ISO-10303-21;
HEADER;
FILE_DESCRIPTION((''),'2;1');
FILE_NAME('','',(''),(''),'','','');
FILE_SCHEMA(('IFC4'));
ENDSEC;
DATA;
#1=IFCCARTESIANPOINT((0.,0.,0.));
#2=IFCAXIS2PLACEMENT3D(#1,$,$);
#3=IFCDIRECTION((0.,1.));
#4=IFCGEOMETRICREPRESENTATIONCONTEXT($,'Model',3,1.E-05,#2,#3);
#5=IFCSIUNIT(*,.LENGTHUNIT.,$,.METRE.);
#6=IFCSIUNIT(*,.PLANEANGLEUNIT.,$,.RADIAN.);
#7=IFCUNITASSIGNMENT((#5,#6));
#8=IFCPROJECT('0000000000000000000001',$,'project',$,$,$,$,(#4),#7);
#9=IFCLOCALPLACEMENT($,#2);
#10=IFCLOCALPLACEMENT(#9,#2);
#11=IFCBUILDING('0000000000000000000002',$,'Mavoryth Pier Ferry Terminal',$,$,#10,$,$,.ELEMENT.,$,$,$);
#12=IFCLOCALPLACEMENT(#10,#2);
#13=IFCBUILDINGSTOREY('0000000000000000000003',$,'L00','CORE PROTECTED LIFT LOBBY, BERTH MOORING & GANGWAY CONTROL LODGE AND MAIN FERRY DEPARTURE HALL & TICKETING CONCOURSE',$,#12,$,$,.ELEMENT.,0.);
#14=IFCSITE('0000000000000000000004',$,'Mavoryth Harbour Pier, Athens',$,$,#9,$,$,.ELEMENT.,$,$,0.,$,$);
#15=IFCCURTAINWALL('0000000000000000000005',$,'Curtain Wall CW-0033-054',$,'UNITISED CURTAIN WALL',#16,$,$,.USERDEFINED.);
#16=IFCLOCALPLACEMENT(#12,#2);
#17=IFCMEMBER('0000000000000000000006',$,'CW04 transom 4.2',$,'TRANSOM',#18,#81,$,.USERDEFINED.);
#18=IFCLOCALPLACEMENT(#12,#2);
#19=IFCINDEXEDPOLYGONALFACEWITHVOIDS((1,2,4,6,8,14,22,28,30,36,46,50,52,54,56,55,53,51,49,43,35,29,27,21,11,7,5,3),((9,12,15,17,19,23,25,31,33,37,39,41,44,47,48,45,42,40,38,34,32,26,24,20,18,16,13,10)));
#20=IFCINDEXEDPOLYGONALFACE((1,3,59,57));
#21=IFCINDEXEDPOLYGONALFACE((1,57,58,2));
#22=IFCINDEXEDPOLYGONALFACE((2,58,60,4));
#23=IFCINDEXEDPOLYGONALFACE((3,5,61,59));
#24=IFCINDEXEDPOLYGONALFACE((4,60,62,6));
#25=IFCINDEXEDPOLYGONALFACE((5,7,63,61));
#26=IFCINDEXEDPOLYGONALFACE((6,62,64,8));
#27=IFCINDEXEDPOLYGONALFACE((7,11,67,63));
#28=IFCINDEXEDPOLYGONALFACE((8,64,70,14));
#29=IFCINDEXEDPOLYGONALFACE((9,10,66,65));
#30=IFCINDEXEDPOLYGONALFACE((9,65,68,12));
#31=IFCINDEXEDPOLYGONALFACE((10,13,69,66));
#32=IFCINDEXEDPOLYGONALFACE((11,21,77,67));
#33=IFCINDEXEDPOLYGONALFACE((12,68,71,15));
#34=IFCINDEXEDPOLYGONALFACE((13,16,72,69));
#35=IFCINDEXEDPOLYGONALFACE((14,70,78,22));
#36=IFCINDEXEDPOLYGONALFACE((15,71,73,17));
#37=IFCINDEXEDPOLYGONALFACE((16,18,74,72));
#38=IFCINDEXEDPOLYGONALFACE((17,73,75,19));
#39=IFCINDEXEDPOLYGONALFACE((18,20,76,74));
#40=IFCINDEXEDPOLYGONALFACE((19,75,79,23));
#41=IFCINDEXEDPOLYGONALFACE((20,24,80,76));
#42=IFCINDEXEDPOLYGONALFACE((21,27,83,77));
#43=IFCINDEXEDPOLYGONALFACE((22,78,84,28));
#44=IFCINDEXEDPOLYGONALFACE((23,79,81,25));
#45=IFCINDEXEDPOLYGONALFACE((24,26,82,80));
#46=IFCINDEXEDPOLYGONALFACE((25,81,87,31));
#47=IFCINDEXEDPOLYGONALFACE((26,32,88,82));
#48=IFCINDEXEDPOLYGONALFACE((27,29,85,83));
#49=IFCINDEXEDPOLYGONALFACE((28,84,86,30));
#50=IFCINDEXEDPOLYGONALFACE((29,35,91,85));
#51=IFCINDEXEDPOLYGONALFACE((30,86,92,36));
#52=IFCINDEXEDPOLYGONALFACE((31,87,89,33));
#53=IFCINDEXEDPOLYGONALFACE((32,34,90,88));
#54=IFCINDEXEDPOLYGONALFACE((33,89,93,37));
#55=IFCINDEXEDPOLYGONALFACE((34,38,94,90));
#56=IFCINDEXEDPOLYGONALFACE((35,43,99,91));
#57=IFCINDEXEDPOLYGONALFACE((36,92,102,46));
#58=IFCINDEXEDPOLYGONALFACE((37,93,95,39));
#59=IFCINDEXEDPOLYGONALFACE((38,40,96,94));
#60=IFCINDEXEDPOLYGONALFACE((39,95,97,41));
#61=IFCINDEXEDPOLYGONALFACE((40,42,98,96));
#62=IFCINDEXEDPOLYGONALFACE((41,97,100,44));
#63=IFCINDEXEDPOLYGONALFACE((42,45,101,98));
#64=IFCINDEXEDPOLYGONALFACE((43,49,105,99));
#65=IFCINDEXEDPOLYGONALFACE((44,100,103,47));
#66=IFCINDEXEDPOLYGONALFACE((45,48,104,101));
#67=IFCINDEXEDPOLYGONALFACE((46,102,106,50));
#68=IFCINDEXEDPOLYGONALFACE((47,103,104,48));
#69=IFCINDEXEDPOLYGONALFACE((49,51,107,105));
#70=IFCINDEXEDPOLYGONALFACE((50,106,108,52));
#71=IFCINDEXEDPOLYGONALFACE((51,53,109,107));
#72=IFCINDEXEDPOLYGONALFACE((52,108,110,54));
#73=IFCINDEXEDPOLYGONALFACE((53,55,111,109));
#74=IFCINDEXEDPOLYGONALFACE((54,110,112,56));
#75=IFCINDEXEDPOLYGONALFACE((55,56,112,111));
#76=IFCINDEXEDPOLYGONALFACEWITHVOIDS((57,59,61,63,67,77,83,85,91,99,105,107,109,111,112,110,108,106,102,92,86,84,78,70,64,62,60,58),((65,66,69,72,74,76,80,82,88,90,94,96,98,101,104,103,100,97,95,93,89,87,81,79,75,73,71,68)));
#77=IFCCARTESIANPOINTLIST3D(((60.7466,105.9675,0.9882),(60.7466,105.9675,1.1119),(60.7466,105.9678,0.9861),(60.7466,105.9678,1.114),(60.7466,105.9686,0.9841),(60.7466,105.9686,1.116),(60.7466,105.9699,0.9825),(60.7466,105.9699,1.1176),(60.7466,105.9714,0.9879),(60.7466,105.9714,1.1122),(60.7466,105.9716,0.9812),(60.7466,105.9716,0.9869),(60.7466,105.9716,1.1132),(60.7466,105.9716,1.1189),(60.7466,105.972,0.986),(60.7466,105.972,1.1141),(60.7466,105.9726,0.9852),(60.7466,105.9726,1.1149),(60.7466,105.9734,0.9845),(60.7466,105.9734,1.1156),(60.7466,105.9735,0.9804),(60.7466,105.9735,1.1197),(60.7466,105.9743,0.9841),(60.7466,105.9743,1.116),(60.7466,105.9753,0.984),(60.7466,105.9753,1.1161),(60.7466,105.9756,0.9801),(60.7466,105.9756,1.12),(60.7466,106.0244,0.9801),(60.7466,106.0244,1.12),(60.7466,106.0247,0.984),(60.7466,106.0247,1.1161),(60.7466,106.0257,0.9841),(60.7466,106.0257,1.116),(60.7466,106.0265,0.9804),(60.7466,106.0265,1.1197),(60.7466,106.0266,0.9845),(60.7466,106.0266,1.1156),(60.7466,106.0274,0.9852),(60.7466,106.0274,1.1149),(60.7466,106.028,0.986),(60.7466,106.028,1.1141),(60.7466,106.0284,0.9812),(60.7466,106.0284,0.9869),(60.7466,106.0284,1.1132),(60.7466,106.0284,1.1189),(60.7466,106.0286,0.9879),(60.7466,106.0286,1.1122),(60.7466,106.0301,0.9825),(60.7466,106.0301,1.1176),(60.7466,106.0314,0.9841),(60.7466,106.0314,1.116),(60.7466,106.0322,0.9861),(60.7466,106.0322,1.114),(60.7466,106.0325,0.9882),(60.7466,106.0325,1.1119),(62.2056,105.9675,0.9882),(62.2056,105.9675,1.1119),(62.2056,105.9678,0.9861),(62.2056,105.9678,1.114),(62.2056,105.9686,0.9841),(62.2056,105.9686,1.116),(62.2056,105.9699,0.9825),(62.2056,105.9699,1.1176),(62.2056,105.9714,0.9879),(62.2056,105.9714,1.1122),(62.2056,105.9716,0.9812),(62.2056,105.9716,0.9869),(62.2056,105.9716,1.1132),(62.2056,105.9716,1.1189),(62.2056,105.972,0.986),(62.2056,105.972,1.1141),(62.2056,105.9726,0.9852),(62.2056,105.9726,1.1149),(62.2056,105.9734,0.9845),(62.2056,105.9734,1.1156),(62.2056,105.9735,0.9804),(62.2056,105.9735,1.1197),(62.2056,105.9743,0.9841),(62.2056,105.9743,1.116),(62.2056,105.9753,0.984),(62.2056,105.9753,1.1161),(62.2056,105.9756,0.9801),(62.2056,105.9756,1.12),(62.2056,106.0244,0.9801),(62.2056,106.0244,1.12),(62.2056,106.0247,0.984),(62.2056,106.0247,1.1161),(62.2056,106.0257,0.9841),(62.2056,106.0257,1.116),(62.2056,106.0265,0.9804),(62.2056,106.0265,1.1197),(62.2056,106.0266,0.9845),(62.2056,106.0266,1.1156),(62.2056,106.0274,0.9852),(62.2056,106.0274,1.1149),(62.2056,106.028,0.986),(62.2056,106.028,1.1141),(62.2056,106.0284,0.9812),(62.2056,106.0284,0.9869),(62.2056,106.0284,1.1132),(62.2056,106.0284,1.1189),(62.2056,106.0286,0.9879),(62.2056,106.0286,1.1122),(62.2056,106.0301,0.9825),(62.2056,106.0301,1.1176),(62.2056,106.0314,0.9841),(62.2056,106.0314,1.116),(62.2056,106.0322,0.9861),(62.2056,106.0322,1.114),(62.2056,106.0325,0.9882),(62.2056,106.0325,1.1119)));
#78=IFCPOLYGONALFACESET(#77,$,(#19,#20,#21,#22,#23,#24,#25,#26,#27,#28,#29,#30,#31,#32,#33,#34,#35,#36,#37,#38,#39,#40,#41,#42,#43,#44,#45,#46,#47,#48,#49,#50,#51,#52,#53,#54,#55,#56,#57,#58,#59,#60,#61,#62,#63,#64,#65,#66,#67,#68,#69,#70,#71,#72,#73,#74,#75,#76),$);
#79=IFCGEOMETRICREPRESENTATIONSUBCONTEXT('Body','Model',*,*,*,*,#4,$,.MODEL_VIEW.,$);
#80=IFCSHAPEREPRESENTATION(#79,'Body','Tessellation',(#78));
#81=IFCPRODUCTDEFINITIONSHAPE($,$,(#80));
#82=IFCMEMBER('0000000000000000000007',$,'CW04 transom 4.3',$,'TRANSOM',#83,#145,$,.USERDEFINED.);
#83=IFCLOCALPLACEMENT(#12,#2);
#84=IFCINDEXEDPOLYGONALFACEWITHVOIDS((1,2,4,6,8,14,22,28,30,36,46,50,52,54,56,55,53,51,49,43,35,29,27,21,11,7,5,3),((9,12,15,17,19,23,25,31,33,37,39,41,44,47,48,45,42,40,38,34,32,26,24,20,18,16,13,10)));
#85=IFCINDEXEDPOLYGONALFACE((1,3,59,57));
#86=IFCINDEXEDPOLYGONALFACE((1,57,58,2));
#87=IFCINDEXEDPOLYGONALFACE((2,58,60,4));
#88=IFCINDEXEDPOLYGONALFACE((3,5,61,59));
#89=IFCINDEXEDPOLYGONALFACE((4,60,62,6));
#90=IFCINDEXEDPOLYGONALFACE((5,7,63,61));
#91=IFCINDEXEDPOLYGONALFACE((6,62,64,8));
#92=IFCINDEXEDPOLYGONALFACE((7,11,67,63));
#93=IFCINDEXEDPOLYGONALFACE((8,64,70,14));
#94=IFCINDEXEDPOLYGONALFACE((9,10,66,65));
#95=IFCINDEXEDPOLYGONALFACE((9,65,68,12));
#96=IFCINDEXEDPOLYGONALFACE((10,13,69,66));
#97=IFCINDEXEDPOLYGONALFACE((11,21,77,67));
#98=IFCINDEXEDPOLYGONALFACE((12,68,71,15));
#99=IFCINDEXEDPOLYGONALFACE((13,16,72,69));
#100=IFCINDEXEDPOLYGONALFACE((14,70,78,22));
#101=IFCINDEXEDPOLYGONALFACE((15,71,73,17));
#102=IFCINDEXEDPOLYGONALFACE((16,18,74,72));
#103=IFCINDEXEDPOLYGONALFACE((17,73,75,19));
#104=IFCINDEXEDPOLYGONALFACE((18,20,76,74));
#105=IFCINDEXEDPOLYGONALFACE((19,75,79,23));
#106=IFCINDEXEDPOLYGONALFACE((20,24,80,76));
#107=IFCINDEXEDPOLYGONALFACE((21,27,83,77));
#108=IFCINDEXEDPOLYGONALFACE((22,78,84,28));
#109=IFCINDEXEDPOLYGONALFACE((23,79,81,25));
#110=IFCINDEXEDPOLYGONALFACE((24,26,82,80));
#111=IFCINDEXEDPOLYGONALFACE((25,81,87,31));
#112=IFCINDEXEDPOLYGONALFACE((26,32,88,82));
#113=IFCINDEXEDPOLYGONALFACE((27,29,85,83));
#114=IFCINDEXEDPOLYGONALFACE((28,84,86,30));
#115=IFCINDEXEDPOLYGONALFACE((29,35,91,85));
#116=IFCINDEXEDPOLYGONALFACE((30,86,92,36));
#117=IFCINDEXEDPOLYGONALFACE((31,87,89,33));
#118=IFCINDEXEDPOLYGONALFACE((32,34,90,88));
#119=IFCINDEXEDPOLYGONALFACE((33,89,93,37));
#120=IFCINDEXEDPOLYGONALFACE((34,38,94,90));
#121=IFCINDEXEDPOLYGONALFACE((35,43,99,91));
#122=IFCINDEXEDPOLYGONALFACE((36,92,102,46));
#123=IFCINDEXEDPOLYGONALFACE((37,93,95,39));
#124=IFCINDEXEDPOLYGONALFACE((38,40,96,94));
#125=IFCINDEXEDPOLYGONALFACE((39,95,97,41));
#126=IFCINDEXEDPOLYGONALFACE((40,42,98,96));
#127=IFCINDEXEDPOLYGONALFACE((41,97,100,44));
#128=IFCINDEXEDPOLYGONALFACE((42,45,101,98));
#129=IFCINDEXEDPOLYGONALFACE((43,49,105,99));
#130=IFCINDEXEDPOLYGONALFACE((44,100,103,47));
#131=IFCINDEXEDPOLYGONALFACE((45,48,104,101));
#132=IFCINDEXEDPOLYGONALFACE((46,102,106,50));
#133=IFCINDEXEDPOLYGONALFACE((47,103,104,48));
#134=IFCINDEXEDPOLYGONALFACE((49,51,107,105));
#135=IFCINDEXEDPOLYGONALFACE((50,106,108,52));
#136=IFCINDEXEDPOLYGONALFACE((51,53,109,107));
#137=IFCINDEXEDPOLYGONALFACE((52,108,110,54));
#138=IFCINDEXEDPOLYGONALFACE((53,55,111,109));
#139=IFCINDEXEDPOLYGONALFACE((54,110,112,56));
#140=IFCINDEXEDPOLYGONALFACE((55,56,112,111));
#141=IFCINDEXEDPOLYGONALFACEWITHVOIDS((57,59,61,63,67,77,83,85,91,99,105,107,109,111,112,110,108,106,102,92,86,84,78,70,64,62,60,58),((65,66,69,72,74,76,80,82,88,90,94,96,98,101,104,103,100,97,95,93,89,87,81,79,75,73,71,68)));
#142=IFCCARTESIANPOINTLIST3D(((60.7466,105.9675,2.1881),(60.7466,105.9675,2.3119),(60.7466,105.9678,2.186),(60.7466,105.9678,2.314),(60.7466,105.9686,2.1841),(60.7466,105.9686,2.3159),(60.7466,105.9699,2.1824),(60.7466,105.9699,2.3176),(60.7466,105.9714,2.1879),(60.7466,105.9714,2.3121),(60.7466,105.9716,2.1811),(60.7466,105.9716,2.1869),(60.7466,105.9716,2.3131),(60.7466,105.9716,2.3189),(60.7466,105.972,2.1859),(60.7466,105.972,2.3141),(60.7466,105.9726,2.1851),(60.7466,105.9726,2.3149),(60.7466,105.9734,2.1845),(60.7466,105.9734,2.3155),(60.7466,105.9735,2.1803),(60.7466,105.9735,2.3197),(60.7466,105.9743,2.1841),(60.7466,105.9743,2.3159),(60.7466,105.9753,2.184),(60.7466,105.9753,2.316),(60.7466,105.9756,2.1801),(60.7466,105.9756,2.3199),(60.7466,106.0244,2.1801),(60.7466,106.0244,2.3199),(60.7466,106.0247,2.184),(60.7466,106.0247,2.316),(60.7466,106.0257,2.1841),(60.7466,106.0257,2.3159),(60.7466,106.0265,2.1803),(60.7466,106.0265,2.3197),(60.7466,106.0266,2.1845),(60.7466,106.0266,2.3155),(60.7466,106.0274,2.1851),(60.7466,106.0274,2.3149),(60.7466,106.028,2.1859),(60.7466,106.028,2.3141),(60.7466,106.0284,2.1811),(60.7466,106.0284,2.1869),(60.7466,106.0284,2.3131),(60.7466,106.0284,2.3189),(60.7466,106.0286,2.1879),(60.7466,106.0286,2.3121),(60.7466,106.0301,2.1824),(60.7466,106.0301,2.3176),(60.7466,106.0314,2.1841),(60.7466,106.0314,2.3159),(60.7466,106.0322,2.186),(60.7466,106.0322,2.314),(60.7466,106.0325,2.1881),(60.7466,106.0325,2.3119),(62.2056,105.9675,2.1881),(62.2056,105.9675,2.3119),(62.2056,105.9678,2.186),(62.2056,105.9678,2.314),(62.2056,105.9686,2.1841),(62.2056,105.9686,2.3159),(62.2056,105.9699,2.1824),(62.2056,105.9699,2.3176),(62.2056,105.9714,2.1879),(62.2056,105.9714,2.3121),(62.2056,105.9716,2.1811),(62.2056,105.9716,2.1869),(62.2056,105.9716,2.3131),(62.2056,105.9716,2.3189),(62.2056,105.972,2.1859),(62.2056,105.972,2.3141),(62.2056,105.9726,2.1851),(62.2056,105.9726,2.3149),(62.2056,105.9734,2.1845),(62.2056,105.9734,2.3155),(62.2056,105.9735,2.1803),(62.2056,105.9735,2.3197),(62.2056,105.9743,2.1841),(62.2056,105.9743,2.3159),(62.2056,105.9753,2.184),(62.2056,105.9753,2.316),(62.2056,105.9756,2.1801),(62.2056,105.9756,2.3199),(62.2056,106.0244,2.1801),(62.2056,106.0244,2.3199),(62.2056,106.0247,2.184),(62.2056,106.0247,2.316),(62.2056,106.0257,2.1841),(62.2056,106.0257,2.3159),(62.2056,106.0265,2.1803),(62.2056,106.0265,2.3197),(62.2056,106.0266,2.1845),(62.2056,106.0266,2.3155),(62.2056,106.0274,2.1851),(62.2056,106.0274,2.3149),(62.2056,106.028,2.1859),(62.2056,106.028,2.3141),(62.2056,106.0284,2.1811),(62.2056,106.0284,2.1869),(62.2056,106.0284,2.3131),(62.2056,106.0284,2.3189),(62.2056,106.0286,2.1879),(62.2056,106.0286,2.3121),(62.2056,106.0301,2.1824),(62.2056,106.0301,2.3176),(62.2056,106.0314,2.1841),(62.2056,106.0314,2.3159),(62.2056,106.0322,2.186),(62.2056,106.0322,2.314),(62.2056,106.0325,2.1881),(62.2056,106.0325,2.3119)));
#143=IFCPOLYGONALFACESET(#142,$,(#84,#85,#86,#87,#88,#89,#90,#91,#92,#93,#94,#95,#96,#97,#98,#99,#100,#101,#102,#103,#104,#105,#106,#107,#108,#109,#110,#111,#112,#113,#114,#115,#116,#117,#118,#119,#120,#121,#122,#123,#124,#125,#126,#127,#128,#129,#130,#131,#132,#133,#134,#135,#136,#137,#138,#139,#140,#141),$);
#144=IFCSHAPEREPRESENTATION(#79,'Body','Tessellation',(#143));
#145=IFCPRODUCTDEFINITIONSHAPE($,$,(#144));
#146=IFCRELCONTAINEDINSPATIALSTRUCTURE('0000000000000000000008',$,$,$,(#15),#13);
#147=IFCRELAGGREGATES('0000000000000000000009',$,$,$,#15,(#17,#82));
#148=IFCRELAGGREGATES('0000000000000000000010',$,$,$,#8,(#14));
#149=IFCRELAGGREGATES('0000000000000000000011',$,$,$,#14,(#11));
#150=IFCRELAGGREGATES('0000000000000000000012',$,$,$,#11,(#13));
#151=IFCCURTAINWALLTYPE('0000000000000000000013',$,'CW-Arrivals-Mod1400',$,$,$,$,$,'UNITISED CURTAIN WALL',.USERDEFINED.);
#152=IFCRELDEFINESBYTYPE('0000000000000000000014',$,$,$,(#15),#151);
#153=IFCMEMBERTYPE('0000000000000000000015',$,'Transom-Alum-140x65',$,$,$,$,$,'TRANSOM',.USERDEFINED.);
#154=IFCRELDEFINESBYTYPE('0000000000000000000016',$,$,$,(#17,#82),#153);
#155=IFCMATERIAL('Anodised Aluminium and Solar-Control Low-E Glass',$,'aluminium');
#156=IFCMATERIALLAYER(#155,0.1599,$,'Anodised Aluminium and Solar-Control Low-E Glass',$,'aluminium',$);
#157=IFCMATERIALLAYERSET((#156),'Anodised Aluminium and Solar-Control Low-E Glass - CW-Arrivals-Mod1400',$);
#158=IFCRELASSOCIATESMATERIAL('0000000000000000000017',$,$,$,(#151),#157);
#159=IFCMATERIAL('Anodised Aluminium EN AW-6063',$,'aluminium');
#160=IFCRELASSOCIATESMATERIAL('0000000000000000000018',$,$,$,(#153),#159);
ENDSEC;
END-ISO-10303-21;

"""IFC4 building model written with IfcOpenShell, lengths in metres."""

from ifc_helpers import new_model, si_unit, direction, frame, origin, origin_2d, place, context, subcontext, project, spatial, hollow_rectangle, extrude, material, layer, layer_set, material_profile, profile_set, type_object, element, aggregate, save


model = new_model("IFC4")

# Units and contexts
model_context = context("Model", 3, precision=1e-05, world=origin(), true_north=direction((0.0, 1.0)))
body_context = subcontext(model_context, "Body", "Model", "MODEL_VIEW")
ifc_project = project(units=[si_unit("LENGTHUNIT", "METRE"), si_unit("PLANEANGLEUNIT", "RADIAN")], contexts=[model_context])

# Site, building, storey
site_placement = place(None, origin())
site = spatial("IfcSite", under=ifc_project, at=site_placement, Name="Mavoryth Harbour Pier, Athens", CompositionType="ELEMENT", RefElevation=0.0)
building_placement = place(site_placement, origin())
building = spatial("IfcBuilding", under=site, at=building_placement, Name="Mavoryth Pier Ferry Terminal", CompositionType="ELEMENT")
storey_placement = place(building_placement, origin())
storey = spatial("IfcBuildingStorey", under=building, at=storey_placement, Name="L00", Description="CORE PROTECTED LIFT LOBBY, BERTH MOORING & GANGWAY CONTROL LODGE AND MAIN FERRY DEPARTURE HALL & TICKETING CONCOURSE", CompositionType="ELEMENT", Elevation=0.0)

# Curtain wall, members
ifc_material_1 = material(Name="Anodised Aluminium and Solar-Control Low-E Glass", Category="aluminium")
ifc_layer_1 = layer(ifc_material_1, 0.1599, Name="Anodised Aluminium and Solar-Control Low-E Glass", Category="aluminium")
ifc_layer_set_1 = layer_set([ifc_layer_1], Name="Anodised Aluminium and Solar-Control Low-E Glass - CW-Arrivals-Mod1400")
curtain_wall_type = type_object("IfcCurtainWallType", Name="CW-Arrivals-Mod1400", ElementType="UNITISED CURTAIN WALL", PredefinedType="USERDEFINED", material=ifc_layer_set_1)
curtain_wall_placement = place(storey_placement, origin())
curtain_wall = element("IfcCurtainWall", 1, at=curtain_wall_placement, inside=storey, type_object=curtain_wall_type, Name="Curtain Wall CW-0033-054", ObjectType="UNITISED CURTAIN WALL", PredefinedType="USERDEFINED")
ifc_material_2 = material(Name="Anodised Aluminium EN AW-6063", Category="aluminium")
ifc_material_profile_1 = material_profile(ifc_material_2, hollow_rectangle(XDim=0.0649, YDim=0.1399, WallThickness=0.0039, InnerFilletRadius=0.0039, OuterFilletRadius=0.0081, at=origin_2d()), Name="AL-TRAN 140x65x4", Category="aluminium")
ifc_profile_set_1 = profile_set([ifc_material_profile_1], Name="Anodised Aluminium EN AW-6063 - AL-TRAN 140x65x4")
member_type_1 = type_object("IfcMemberType", Name="Transom-Alum-140x65", ElementType="TRANSOM", PredefinedType="USERDEFINED", material=ifc_profile_set_1)
member_1_placement = place(storey_placement, frame((62.2056, 106.0, 1.05), z_axis=(-1.0, 0.0, 0.0), x_axis=(0.0, -1.0, 0.0)))
member_1 = element("IfcMember", 2, at=member_1_placement, type_object=member_type_1, Name="CW04 transom 4.2", ObjectType="TRANSOM", PredefinedType="USERDEFINED", context=body_context, shape_type="SweptSolid", body=[
    extrude(hollow_rectangle(XDim=0.0649, YDim=0.1399, WallThickness=0.0039, InnerFilletRadius=0.0039, OuterFilletRadius=0.0081, at=origin_2d()), origin(), (0.0, 0.0, 1.0), 1.459),
])
member_2_placement = place(storey_placement, frame((62.2056, 106.0, 2.25), z_axis=(-1.0, 0.0, 0.0), x_axis=(0.0, -1.0, 0.0)))
member_2 = element("IfcMember", 3, at=member_2_placement, type_object=member_type_1, Name="CW04 transom 4.3", ObjectType="TRANSOM", PredefinedType="USERDEFINED", context=body_context, shape_type="SweptSolid", body=[
    extrude(hollow_rectangle(XDim=0.0649, YDim=0.1399, WallThickness=0.0039, InnerFilletRadius=0.0039, OuterFilletRadius=0.0081, at=origin_2d()), origin(), (0.0, 0.0, 1.0), 1.459),
])
aggregate(curtain_wall, [member_1, member_2])

save(model, "model.ifc")
